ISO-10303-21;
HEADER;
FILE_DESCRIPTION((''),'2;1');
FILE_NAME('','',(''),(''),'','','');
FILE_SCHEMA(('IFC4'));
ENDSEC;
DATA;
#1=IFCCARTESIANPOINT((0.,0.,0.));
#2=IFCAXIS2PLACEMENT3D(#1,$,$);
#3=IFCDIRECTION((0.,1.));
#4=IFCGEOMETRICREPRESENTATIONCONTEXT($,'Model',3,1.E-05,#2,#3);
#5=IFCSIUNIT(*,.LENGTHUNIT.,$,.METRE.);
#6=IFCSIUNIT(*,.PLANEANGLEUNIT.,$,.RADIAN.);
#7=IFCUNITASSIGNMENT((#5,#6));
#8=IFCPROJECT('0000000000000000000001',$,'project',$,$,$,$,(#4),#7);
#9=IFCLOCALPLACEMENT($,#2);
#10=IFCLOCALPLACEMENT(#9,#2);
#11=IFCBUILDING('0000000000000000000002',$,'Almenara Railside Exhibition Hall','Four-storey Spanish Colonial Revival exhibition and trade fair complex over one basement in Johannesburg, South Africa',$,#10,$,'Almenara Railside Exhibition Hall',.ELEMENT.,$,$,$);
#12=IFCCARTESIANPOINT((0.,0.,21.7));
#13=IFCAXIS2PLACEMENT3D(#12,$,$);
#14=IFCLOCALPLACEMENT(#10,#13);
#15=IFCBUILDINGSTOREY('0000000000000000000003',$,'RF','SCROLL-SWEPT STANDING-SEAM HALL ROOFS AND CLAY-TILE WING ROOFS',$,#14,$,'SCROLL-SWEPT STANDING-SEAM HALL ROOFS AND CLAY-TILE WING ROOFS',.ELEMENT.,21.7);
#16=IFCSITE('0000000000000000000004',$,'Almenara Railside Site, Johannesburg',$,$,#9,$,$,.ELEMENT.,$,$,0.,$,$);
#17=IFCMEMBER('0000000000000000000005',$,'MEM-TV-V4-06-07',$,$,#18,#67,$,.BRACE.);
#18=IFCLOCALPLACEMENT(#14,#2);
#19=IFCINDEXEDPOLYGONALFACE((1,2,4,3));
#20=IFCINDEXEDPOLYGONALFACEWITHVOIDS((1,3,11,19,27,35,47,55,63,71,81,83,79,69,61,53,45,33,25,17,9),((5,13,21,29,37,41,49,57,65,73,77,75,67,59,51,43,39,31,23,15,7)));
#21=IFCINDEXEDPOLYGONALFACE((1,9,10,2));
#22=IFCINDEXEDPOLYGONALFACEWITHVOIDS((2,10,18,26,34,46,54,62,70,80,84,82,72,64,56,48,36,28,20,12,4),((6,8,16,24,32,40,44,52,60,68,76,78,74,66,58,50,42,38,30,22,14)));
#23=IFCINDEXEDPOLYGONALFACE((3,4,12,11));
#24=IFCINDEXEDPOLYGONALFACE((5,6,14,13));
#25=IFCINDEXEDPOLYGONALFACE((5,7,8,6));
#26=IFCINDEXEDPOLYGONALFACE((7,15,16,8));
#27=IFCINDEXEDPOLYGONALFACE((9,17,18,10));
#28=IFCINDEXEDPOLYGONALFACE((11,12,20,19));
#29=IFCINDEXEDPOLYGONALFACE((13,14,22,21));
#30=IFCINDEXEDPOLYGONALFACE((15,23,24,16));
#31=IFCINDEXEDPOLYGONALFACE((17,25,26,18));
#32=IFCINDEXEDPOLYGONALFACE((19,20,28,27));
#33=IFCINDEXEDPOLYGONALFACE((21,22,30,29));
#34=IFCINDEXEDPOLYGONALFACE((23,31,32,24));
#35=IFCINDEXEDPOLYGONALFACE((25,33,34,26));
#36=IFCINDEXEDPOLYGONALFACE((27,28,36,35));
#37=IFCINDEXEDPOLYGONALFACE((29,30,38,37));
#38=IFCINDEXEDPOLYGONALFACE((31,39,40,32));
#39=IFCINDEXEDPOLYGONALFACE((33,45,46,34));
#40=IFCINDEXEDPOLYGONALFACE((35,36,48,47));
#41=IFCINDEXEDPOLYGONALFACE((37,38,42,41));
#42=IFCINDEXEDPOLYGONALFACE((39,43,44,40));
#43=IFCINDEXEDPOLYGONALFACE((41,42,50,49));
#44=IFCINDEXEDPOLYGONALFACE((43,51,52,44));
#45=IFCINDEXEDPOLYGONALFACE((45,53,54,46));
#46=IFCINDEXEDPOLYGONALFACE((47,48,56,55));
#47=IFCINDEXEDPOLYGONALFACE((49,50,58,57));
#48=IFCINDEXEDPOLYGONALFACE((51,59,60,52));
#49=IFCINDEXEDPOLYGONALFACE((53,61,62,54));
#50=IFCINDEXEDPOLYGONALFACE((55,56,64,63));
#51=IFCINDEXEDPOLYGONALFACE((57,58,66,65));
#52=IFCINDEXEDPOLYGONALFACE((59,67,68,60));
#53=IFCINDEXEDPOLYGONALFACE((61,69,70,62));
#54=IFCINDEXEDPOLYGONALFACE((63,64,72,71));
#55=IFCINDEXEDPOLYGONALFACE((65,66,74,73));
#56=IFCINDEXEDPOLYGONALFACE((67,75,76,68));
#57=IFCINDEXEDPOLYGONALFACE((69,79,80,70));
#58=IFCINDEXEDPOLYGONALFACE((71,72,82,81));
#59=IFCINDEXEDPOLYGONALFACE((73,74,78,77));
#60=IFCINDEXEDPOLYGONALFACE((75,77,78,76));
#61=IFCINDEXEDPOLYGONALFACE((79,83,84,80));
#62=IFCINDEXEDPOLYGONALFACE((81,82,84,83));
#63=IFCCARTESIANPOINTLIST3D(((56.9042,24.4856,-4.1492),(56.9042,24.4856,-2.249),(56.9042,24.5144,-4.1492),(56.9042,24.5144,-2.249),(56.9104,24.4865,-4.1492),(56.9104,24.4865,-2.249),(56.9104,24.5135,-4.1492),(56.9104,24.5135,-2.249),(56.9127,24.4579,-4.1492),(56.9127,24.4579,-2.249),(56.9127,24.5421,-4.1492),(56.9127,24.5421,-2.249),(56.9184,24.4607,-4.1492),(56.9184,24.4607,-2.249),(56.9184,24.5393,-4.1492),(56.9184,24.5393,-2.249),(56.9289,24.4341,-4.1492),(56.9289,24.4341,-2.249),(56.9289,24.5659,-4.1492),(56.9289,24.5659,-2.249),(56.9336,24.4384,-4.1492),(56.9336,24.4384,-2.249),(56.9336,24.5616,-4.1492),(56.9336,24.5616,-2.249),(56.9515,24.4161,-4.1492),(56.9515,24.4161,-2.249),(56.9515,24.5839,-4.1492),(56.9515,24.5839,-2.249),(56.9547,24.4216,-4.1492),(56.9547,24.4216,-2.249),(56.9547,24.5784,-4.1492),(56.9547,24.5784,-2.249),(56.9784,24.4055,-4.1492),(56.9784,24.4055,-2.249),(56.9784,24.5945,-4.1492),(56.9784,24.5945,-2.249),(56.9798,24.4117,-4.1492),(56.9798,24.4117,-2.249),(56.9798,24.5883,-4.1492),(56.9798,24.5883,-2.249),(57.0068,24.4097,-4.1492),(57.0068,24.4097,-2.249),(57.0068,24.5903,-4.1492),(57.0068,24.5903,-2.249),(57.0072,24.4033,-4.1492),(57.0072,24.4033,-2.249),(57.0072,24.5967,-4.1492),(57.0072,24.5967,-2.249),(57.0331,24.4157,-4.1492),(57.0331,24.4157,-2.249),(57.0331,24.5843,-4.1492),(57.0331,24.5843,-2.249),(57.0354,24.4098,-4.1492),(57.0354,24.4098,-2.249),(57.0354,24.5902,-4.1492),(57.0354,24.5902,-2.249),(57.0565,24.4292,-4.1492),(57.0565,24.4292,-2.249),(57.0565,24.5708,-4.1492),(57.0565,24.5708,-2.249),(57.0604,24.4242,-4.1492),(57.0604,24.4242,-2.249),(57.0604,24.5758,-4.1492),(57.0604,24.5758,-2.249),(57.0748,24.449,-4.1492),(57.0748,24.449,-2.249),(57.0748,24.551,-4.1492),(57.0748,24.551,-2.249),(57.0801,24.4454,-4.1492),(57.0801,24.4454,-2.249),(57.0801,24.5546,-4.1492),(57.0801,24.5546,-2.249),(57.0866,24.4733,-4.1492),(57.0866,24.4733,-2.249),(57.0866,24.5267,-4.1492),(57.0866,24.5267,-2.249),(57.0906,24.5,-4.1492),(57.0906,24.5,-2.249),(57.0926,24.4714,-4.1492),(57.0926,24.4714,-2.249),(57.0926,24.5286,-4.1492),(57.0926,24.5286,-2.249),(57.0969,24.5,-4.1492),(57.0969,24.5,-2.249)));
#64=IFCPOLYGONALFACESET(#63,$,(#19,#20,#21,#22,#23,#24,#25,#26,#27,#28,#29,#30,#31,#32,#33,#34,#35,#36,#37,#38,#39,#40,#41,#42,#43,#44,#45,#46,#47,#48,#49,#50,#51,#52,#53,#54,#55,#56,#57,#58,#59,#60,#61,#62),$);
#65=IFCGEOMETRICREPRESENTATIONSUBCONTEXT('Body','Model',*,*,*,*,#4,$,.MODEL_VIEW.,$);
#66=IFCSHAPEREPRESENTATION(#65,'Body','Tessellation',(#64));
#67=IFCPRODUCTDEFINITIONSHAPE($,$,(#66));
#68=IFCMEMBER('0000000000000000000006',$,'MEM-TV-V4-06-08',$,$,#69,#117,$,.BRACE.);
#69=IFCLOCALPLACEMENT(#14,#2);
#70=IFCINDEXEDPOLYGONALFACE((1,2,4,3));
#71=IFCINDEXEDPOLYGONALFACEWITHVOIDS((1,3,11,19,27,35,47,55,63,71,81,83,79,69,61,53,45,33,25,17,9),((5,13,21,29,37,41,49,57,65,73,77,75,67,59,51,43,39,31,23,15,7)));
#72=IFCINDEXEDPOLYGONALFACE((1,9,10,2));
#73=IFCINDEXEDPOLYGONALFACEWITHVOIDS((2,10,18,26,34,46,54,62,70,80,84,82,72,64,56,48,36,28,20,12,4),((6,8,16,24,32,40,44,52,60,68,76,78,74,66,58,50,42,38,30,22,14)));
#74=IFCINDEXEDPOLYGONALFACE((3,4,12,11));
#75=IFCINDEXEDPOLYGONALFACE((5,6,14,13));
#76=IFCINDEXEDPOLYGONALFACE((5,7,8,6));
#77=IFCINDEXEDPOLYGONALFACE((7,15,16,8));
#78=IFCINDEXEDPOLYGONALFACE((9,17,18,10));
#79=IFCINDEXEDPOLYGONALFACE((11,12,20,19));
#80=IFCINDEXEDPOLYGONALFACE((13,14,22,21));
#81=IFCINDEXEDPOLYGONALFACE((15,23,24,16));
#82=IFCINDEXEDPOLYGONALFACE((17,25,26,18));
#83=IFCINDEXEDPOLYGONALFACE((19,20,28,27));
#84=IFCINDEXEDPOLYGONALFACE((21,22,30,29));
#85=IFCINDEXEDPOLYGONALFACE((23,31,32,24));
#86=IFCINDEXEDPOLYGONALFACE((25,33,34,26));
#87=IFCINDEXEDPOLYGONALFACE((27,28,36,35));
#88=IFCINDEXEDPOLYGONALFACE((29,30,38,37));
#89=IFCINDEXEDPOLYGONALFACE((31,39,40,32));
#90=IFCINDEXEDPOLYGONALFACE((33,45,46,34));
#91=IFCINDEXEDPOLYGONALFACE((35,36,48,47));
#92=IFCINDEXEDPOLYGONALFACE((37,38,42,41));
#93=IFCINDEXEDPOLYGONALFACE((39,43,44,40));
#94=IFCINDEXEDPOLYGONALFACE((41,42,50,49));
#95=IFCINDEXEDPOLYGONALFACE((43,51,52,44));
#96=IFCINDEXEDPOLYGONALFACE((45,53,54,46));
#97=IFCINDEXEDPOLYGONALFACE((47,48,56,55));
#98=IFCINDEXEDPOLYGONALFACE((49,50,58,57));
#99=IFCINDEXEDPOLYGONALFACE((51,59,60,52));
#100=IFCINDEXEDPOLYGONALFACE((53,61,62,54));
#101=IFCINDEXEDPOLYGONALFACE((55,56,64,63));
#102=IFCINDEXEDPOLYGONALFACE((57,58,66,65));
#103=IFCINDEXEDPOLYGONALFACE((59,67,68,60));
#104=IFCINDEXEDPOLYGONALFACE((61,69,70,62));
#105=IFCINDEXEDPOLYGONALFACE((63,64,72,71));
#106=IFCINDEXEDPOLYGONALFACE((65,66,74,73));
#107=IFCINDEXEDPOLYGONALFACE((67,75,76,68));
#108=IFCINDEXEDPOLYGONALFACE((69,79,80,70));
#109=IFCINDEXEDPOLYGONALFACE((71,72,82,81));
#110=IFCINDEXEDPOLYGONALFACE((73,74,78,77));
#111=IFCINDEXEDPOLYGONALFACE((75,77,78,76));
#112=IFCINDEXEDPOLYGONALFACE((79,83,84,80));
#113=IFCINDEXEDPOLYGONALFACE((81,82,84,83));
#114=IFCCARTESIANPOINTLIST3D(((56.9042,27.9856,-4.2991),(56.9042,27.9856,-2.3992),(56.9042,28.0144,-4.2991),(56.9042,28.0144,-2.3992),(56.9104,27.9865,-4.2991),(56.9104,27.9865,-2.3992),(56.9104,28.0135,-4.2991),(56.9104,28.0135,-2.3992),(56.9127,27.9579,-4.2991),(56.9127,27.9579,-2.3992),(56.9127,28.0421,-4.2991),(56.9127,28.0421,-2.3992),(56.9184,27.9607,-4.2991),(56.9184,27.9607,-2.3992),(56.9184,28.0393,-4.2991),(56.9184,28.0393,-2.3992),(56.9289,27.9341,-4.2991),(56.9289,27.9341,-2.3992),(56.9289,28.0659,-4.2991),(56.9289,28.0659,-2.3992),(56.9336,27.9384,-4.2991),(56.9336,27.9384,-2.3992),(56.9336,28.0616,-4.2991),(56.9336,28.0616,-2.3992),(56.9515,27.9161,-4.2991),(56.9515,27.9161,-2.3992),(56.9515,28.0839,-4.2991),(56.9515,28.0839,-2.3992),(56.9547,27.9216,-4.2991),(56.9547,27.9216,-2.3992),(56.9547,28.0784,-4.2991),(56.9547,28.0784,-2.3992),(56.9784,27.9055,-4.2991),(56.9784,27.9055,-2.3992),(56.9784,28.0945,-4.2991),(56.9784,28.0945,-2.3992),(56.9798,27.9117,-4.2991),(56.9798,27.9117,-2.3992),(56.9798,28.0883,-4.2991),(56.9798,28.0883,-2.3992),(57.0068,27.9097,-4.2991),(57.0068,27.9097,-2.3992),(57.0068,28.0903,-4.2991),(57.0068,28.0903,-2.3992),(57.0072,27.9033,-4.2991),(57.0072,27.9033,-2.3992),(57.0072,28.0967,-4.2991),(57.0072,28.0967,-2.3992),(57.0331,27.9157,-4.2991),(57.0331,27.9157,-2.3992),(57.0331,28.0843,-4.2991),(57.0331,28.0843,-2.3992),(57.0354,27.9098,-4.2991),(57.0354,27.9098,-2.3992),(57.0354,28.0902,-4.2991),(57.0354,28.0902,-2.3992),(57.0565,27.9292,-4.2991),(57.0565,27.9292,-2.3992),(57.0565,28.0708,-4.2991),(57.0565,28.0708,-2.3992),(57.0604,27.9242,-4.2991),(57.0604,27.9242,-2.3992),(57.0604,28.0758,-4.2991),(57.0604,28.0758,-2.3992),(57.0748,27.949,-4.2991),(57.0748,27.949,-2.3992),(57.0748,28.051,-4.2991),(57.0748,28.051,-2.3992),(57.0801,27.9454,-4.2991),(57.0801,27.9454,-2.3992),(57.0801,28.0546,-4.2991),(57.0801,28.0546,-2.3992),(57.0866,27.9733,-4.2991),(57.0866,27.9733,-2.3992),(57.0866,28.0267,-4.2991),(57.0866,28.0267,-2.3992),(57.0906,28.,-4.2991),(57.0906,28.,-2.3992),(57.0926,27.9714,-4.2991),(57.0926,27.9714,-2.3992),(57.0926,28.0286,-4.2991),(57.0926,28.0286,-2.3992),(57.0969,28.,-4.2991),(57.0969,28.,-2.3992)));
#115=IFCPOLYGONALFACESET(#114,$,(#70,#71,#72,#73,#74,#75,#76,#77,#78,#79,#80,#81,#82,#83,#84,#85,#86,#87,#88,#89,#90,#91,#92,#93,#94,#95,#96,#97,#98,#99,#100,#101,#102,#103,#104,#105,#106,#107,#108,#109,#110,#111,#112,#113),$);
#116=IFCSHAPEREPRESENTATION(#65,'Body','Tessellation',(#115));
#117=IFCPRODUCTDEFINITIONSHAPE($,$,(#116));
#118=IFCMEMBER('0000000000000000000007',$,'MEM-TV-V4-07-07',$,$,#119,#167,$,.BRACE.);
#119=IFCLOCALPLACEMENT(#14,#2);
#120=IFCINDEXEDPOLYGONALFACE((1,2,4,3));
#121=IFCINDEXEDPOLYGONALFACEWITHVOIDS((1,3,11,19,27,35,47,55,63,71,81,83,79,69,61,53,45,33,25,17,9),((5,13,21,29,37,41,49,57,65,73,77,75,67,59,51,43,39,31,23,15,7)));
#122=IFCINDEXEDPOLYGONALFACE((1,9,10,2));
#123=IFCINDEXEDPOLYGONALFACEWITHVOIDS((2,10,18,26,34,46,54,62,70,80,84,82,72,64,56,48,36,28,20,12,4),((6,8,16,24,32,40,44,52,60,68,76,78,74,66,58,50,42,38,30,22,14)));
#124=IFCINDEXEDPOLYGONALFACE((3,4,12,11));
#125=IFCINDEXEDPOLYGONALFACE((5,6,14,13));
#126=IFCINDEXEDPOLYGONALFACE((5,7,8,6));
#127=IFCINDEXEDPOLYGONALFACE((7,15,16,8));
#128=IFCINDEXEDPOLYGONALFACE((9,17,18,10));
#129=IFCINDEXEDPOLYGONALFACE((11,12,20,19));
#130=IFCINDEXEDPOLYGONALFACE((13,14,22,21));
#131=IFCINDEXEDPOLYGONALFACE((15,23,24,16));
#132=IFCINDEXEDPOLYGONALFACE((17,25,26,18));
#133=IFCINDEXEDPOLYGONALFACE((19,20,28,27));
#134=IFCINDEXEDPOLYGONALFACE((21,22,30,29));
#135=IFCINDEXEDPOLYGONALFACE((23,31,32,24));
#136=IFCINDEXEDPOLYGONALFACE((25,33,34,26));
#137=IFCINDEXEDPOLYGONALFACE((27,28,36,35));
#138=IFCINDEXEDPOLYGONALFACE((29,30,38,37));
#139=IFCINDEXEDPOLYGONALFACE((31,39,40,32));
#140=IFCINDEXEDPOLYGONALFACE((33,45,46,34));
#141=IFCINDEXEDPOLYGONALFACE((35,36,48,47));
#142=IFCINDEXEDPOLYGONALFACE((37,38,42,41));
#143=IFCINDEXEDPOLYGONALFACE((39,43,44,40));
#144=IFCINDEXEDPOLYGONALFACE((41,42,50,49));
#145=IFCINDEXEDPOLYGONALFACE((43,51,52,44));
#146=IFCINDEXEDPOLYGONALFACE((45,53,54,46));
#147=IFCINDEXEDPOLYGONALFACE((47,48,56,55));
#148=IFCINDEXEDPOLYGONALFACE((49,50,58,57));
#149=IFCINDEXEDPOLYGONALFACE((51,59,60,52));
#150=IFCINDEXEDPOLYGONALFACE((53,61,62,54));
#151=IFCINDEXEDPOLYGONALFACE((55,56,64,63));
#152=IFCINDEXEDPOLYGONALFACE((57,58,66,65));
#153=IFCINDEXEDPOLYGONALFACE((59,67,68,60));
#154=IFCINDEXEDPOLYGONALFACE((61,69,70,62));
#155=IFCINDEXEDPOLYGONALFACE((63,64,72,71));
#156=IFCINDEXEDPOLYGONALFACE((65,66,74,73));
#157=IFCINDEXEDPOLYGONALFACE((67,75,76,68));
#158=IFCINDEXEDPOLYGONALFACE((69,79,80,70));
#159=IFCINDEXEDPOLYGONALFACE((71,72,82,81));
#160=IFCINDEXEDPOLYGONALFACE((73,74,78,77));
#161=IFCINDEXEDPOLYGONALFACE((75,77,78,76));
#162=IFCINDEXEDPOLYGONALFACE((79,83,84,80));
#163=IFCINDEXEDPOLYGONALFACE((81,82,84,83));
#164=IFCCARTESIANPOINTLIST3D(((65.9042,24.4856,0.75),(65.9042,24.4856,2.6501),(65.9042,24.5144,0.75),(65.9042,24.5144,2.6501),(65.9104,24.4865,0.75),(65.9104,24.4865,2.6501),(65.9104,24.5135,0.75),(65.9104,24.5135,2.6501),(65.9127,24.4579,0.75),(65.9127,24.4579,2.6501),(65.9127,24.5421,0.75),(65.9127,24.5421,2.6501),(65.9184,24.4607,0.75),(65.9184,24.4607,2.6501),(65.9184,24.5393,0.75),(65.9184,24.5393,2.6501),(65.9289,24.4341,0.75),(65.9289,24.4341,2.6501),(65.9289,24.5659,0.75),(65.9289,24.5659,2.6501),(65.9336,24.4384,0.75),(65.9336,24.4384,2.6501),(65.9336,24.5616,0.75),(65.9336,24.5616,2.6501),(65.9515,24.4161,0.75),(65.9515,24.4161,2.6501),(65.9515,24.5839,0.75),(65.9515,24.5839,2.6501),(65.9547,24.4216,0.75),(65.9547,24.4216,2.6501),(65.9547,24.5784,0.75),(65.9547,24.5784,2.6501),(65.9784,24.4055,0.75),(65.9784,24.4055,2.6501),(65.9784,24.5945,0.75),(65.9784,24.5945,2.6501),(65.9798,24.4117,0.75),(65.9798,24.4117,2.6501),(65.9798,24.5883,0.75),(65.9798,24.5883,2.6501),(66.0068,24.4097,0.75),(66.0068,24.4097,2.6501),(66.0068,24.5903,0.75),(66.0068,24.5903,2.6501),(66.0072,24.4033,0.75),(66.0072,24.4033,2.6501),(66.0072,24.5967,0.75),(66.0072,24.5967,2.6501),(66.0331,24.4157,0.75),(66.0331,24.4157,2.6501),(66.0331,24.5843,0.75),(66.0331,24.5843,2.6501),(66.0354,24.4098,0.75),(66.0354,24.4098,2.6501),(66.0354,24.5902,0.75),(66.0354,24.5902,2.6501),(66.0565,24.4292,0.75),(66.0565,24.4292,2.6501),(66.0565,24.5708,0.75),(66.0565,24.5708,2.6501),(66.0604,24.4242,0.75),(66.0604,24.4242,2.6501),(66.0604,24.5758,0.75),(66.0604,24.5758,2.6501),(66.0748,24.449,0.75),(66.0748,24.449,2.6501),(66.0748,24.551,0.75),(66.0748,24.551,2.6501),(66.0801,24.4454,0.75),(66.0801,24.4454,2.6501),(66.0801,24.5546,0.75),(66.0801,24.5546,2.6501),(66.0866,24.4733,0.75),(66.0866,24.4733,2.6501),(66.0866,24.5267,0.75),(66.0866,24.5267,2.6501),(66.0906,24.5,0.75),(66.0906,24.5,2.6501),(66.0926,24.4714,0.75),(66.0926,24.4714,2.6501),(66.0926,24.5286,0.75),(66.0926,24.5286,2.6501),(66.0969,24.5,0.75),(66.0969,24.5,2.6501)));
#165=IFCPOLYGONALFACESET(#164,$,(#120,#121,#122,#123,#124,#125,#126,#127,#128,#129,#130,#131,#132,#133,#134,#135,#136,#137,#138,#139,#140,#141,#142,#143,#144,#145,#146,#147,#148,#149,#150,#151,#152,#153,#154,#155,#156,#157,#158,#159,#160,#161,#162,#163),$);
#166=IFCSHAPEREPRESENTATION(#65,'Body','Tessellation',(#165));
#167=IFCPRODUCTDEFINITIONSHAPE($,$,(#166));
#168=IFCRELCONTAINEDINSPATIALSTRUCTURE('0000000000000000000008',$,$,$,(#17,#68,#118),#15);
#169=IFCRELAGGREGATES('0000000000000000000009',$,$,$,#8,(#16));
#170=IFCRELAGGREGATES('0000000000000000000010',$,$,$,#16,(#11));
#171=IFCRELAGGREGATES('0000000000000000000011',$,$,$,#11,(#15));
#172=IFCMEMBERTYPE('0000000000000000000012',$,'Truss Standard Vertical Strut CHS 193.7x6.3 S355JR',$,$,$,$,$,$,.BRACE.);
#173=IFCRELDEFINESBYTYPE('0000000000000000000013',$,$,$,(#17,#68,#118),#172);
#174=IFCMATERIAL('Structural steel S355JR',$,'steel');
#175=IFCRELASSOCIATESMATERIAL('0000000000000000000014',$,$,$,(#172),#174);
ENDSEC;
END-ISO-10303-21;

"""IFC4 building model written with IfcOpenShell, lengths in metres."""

from ifc_helpers import new_model, si_unit, direction, frame, origin, origin_2d, place, context, subcontext, project, spatial, hollow_circle, extrude, material, material_profile, profile_set, type_object, element, save


model = new_model("IFC4")

# Units and contexts
model_context = context("Model", 3, precision=1e-05, world=origin(), true_north=direction((0.0, 1.0)))
body_context = subcontext(model_context, "Body", "Model", "MODEL_VIEW")
ifc_project = project(units=[si_unit("LENGTHUNIT", "METRE"), si_unit("PLANEANGLEUNIT", "RADIAN")], contexts=[model_context])

# Site, building, storey
site_placement = place(None, origin())
site = spatial("IfcSite", under=ifc_project, at=site_placement, Name="Almenara Railside Site, Johannesburg", CompositionType="ELEMENT", RefElevation=0.0)
building_placement = place(site_placement, origin())
building = spatial("IfcBuilding", under=site, at=building_placement, Name="Almenara Railside Exhibition Hall", Description="Four-storey Spanish Colonial Revival exhibition and trade fair complex over one basement in Johannesburg, South Africa", LongName="Almenara Railside Exhibition Hall", CompositionType="ELEMENT")
storey_placement = place(building_placement, frame((0.0, 0.0, 21.7)))
storey = spatial("IfcBuildingStorey", under=building, at=storey_placement, Name="RF", Description="SCROLL-SWEPT STANDING-SEAM HALL ROOFS AND CLAY-TILE WING ROOFS", LongName="SCROLL-SWEPT STANDING-SEAM HALL ROOFS AND CLAY-TILE WING ROOFS", CompositionType="ELEMENT", Elevation=21.7)

# Members
ifc_material_1 = material(Name="Structural steel S355JR", Category="steel")
ifc_material_profile_1 = material_profile(ifc_material_1, hollow_circle(Radius=0.0969, WallThickness=0.0063, at=origin_2d()), Name="CHS 193.7x6.3")
ifc_profile_set_1 = profile_set([ifc_material_profile_1], Name="Structural steel S355JR")
member_type_1 = type_object("IfcMemberType", Name="Truss Standard Vertical Strut CHS 193.7x6.3 S355JR", PredefinedType="BRACE", material=ifc_profile_set_1)
member_1_placement = place(storey_placement, frame((57.0, 24.5, -4.1492), z_axis=(0.0, 0.0, 1.0), x_axis=(1.0, 0.0, 0.0)))
element("IfcMember", 1, at=member_1_placement, inside=storey, type_object=member_type_1, Name="MEM-TV-V4-06-07", PredefinedType="BRACE", context=body_context, shape_type="SweptSolid", body=[
    extrude(hollow_circle(Radius=0.0969, WallThickness=0.0063, at=origin_2d()), origin(), (0.0, 0.0, 1.0), 1.9001),
])
member_2_placement = place(storey_placement, frame((57.0, 28.0, -4.2991), z_axis=(0.0, 0.0, 1.0), x_axis=(1.0, 0.0, 0.0)))
element("IfcMember", 2, at=member_2_placement, inside=storey, type_object=member_type_1, Name="MEM-TV-V4-06-08", PredefinedType="BRACE", context=body_context, shape_type="SweptSolid", body=[
    extrude(hollow_circle(Radius=0.0969, WallThickness=0.0063, at=origin_2d()), origin(), (0.0, 0.0, 1.0), 1.8999),
])
member_3_placement = place(storey_placement, frame((66.0, 24.5, 0.75), z_axis=(0.0, 0.0, 1.0), x_axis=(1.0, 0.0, 0.0)))
element("IfcMember", 3, at=member_3_placement, inside=storey, type_object=member_type_1, Name="MEM-TV-V4-07-07", PredefinedType="BRACE", context=body_context, shape_type="SweptSolid", body=[
    extrude(hollow_circle(Radius=0.0969, WallThickness=0.0063, at=origin_2d()), origin(), (0.0, 0.0, 1.0), 1.9001),
])

save(model, "model.ifc")
